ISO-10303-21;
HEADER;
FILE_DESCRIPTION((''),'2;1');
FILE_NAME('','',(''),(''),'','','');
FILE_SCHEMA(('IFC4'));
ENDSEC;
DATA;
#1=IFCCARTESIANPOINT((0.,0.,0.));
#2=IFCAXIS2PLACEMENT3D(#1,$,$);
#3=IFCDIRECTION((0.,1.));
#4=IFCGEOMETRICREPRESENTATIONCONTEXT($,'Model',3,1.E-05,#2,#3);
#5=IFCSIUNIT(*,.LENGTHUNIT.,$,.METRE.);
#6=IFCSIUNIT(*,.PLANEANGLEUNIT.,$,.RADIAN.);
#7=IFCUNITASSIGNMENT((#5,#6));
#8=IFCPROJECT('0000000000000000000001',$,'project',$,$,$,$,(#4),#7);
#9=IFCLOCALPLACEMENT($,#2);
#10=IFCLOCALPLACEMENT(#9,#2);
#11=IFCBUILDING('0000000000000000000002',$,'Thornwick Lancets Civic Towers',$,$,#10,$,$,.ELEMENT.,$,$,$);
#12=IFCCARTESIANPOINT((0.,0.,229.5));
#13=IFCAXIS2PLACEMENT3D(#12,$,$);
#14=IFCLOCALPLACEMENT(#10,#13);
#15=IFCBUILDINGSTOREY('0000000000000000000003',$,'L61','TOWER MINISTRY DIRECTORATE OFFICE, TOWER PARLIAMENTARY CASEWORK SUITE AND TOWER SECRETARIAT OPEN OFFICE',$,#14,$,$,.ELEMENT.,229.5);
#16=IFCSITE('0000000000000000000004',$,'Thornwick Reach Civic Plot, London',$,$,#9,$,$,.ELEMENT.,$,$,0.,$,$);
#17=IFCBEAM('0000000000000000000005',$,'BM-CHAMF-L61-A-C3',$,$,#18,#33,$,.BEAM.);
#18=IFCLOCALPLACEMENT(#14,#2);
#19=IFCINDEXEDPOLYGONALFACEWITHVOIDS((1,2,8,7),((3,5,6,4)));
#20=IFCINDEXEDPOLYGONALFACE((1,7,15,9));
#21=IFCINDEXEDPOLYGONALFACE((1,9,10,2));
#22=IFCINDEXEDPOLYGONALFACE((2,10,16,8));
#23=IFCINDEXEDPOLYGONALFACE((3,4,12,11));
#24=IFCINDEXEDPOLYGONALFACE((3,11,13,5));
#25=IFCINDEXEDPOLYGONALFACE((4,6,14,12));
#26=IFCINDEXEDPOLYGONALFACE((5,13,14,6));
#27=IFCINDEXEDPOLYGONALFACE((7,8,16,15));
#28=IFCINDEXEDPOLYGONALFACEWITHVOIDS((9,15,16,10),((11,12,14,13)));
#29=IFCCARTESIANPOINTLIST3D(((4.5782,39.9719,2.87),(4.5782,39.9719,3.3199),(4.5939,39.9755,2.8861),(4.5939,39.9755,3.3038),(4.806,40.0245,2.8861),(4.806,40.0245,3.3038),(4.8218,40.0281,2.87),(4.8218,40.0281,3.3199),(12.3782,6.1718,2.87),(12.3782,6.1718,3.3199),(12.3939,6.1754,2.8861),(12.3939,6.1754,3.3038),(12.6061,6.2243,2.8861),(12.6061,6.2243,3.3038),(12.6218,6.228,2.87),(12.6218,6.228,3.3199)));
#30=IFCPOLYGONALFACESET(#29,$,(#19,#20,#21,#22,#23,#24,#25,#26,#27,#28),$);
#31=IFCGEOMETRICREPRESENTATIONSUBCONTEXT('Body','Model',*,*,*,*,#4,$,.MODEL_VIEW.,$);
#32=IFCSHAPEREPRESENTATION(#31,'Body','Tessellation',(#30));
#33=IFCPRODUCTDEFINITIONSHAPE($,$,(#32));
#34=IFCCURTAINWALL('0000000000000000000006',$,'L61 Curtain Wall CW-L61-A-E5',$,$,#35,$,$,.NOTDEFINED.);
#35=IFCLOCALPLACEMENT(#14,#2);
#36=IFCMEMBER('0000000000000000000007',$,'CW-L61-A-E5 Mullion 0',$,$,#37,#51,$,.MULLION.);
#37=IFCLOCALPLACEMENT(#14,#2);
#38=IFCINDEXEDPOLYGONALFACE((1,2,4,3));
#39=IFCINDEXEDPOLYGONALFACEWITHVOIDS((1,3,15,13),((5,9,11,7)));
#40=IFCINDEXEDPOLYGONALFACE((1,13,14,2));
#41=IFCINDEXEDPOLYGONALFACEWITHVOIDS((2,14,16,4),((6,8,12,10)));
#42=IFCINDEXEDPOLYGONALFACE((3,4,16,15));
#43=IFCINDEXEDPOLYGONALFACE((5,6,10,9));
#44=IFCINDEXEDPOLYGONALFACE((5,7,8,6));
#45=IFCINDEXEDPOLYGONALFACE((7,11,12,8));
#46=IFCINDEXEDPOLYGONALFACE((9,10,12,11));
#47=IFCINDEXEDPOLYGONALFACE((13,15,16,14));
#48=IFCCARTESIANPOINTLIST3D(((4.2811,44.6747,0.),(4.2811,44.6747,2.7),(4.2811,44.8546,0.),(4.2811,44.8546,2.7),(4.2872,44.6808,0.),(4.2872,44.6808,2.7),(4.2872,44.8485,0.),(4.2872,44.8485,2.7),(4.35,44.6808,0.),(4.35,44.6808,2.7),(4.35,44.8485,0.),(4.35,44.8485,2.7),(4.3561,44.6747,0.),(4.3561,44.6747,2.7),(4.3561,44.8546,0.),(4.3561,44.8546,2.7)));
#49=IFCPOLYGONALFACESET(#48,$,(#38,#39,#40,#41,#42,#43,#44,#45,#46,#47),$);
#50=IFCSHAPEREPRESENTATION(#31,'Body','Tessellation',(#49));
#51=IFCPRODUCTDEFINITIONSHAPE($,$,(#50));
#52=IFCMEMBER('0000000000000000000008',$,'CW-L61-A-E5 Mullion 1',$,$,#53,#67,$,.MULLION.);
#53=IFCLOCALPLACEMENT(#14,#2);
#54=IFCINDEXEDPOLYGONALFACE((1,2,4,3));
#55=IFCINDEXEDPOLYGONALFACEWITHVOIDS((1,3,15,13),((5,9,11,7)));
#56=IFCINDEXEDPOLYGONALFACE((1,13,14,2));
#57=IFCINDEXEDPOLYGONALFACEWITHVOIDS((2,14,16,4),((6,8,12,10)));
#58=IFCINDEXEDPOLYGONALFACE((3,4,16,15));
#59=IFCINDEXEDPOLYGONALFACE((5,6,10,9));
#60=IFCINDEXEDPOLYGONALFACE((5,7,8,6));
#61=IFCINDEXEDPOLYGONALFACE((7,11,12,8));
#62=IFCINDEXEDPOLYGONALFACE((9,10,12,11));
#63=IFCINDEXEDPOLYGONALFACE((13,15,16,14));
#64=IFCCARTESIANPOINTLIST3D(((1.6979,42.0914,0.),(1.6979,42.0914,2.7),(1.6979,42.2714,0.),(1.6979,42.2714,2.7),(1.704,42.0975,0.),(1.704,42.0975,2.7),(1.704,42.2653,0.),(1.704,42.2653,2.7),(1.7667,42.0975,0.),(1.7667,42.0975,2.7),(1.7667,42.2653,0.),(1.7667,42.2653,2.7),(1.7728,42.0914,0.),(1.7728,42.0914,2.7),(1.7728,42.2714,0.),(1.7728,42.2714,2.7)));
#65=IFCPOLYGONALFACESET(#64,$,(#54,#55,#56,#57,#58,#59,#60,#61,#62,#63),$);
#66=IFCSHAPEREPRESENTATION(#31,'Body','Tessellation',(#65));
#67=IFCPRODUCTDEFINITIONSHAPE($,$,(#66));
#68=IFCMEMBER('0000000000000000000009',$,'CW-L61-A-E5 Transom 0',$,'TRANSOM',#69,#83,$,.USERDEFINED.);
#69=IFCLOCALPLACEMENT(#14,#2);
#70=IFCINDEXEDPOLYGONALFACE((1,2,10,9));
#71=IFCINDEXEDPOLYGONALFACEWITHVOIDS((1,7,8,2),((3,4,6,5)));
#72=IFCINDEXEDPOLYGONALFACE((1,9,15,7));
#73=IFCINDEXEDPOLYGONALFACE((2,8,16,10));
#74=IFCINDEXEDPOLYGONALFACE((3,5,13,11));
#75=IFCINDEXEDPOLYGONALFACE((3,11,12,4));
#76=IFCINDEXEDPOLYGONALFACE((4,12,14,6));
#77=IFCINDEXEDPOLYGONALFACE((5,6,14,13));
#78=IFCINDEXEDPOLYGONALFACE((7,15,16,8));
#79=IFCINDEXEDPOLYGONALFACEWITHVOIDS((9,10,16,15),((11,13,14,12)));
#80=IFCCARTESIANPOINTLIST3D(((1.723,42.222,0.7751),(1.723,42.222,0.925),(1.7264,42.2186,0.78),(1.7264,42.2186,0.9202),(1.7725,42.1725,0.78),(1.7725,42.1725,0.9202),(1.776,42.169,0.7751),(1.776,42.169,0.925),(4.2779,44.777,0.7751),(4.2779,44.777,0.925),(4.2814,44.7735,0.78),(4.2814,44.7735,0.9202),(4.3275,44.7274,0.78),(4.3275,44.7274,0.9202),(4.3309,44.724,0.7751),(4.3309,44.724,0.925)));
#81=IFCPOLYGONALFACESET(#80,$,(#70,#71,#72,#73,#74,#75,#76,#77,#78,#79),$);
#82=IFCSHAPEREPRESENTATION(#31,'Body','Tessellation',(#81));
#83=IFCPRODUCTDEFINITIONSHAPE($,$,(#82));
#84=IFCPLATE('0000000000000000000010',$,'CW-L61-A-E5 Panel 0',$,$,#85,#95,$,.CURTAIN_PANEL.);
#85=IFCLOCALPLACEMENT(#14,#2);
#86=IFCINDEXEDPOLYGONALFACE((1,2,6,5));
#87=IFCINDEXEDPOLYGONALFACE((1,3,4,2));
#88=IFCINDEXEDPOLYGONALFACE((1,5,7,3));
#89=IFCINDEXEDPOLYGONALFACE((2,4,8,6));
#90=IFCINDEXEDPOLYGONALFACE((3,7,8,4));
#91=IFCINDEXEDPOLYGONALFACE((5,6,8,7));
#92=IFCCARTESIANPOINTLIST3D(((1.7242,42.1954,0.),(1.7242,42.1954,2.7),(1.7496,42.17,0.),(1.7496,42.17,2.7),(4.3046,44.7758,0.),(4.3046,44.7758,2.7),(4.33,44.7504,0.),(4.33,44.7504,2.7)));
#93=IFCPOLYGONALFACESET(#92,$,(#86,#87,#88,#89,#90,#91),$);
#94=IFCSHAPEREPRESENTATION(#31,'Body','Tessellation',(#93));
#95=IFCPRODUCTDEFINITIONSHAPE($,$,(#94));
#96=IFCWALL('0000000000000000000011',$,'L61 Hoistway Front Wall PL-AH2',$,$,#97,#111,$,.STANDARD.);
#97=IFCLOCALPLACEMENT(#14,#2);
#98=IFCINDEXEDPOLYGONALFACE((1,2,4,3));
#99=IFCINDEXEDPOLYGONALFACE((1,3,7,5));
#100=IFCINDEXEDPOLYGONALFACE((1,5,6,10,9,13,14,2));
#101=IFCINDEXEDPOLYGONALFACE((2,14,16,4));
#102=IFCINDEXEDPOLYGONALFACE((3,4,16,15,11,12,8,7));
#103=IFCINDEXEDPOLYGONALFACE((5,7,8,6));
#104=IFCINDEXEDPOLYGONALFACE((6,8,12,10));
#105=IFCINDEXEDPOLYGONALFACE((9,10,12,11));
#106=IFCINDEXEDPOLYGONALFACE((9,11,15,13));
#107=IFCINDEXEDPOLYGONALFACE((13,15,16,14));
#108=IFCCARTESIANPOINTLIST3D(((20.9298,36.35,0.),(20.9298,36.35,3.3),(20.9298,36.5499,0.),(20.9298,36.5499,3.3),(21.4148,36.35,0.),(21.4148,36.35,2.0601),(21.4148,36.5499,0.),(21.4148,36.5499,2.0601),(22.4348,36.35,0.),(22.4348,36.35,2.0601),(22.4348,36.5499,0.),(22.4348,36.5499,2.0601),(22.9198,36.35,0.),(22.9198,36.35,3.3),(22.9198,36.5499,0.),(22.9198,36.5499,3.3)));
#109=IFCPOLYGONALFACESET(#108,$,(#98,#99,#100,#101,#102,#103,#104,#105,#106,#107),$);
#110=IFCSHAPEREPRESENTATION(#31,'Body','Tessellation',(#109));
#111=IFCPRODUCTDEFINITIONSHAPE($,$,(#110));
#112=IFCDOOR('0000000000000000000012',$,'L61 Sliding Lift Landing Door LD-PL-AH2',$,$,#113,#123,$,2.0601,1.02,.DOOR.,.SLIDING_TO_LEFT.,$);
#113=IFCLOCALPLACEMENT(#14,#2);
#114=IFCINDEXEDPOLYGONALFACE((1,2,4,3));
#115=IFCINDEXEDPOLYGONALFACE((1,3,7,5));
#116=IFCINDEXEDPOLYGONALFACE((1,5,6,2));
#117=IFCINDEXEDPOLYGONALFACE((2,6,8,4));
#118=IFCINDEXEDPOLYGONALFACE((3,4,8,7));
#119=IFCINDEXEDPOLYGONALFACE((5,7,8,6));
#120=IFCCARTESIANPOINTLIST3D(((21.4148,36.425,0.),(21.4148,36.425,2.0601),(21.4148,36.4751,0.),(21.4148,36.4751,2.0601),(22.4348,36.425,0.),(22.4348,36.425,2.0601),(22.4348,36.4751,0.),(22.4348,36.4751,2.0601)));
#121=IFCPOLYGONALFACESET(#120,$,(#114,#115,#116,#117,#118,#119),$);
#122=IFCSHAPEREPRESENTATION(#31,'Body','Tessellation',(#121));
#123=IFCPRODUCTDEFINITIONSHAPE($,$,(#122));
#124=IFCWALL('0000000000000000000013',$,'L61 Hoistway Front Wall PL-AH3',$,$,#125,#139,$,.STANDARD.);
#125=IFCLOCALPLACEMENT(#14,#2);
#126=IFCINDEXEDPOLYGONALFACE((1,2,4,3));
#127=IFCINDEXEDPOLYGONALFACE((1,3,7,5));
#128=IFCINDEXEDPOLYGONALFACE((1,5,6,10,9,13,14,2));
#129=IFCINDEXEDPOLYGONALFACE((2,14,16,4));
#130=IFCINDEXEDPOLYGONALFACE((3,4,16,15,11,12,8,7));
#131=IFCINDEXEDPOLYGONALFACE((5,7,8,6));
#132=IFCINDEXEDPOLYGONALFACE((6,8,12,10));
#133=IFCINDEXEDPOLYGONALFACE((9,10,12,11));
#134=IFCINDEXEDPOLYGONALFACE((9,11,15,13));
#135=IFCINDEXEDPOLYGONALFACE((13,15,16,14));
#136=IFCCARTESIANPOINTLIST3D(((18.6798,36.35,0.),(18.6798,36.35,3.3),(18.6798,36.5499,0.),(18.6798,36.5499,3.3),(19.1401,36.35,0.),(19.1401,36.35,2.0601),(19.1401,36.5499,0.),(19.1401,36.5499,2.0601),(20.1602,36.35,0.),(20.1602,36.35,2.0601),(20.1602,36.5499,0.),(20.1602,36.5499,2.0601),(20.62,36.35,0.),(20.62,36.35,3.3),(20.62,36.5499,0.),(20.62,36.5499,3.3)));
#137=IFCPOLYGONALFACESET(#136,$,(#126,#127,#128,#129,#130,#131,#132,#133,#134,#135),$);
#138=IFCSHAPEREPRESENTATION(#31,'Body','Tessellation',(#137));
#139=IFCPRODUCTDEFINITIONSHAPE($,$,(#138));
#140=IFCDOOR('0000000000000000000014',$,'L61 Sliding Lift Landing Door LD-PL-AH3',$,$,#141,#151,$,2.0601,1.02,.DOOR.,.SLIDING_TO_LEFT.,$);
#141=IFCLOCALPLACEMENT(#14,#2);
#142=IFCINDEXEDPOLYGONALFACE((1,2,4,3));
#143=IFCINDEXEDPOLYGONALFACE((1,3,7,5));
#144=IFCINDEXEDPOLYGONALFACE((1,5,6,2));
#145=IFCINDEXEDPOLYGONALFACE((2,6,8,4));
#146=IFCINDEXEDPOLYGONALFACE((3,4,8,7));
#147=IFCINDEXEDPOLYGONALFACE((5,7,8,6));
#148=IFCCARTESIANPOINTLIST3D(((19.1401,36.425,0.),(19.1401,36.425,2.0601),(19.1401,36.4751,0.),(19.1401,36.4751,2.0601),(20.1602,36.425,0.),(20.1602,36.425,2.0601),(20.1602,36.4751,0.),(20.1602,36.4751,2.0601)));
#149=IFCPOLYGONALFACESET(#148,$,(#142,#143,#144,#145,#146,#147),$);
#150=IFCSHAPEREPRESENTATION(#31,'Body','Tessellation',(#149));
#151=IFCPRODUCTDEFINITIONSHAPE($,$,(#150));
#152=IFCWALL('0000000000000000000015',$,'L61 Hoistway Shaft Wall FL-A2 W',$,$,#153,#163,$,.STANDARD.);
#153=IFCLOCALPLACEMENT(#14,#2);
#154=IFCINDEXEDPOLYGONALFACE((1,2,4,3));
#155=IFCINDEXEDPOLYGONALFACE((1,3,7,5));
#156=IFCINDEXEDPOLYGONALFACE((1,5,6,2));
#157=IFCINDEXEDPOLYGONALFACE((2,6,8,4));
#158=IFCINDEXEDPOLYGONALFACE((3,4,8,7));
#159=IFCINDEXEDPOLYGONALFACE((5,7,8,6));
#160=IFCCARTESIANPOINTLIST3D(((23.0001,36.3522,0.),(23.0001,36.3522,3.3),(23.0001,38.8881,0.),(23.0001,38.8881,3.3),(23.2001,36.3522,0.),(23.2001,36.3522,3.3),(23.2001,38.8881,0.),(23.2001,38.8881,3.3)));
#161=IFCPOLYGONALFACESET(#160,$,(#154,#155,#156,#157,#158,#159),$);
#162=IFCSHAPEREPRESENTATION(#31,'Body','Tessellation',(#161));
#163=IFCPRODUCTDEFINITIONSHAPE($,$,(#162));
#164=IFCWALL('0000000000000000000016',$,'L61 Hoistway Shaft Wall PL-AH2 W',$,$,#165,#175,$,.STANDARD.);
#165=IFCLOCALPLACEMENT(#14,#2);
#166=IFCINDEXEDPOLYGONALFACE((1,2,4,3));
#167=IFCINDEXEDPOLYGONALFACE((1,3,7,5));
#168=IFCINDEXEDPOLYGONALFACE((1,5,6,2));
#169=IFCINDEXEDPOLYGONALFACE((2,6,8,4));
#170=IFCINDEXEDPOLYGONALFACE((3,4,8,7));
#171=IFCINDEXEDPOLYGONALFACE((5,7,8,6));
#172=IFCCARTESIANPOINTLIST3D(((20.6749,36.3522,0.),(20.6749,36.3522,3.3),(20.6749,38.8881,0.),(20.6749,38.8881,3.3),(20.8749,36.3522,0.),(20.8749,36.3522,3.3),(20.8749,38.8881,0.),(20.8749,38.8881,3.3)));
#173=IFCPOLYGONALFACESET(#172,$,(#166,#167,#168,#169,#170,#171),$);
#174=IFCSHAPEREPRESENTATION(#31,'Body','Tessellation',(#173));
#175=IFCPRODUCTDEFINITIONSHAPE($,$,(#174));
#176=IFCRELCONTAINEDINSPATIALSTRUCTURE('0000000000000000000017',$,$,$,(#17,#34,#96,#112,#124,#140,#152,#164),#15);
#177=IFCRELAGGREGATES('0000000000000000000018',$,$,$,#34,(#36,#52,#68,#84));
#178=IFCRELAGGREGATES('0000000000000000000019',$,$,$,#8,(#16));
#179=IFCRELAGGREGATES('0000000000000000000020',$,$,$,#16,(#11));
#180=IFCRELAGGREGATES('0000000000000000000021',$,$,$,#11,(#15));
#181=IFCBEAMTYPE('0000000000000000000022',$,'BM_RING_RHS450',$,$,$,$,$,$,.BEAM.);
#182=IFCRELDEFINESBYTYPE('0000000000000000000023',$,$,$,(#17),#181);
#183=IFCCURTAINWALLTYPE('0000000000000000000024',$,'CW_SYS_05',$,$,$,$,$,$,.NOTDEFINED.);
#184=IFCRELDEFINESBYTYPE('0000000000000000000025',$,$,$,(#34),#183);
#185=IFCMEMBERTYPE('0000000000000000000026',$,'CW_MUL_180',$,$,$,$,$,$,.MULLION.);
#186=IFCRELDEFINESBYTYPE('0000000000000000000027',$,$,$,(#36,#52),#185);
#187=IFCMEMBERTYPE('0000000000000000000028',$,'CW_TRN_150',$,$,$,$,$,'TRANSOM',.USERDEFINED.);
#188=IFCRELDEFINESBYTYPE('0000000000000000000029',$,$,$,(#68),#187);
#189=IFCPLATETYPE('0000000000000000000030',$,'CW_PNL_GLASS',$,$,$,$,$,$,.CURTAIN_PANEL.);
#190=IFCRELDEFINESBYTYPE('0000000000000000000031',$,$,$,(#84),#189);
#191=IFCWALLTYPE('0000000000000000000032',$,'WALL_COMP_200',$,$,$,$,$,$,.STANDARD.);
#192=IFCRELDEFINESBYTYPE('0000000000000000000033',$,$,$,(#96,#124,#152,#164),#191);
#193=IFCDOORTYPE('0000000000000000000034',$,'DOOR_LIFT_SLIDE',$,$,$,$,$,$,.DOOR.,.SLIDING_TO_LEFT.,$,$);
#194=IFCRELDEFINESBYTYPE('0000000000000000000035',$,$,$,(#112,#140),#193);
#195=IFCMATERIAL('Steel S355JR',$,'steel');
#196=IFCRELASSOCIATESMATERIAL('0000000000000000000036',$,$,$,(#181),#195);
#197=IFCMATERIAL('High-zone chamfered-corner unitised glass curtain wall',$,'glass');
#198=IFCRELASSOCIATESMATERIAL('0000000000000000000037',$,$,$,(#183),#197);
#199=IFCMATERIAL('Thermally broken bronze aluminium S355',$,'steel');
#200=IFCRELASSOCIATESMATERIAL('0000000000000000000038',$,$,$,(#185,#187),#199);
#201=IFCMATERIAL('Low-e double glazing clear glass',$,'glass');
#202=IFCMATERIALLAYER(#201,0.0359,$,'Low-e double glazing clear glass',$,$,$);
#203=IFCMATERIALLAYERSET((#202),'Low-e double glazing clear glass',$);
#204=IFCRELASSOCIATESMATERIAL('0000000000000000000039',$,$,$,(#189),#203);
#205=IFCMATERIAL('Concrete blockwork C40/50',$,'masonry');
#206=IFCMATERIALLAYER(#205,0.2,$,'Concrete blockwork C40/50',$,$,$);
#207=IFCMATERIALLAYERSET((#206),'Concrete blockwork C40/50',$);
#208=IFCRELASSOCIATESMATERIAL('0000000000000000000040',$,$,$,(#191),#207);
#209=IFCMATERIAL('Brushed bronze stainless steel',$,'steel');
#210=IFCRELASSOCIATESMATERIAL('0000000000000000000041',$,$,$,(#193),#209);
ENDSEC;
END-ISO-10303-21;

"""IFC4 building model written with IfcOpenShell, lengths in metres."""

from ifc_helpers import new_model, si_unit, direction, frame, frame_2d, origin, origin_2d, place, context, subcontext, project, spatial, rectangle, hollow_rectangle, extrude, material, layer, layer_set, material_profile, profile_set, type_object, element, fill, aggregate, save


model = new_model("IFC4")

# Units and contexts
model_context = context("Model", 3, precision=1e-05, world=origin(), true_north=direction((0.0, 1.0)))
body_context = subcontext(model_context, "Body", "Model", "MODEL_VIEW")
ifc_project = project(units=[si_unit("LENGTHUNIT", "METRE"), si_unit("PLANEANGLEUNIT", "RADIAN")], contexts=[model_context])

# Site, building, storey
site_placement = place(None, origin())
site = spatial("IfcSite", under=ifc_project, at=site_placement, Name="Thornwick Reach Civic Plot, London", CompositionType="ELEMENT", RefElevation=0.0)
building_placement = place(site_placement, origin())
building = spatial("IfcBuilding", under=site, at=building_placement, Name="Thornwick Lancets Civic Towers", CompositionType="ELEMENT")
storey_placement = place(building_placement, frame((0.0, 0.0, 229.5)))
storey = spatial("IfcBuildingStorey", under=building, at=storey_placement, Name="L61", Description="TOWER MINISTRY DIRECTORATE OFFICE, TOWER PARLIAMENTARY CASEWORK SUITE AND TOWER SECRETARIAT OPEN OFFICE", CompositionType="ELEMENT", Elevation=229.5)

# Shared definitions
ifc_material_1 = material(Name="Steel S355JR", Category="steel")

# Beam
ifc_material_profile_1 = material_profile(ifc_material_1, hollow_rectangle(XDim=0.25, YDim=0.45, WallThickness=0.0161, at=origin_2d()), Name="RHS 450x250x16")
ifc_profile_set_1 = profile_set([ifc_material_profile_1], Name="Steel S355JR")
beam_type_1 = type_object("IfcBeamType", Name="BM_RING_RHS450", PredefinedType="BEAM", material=ifc_profile_set_1)
beam_1_placement = place(storey_placement, frame((4.7, 40.0, 3.095), z_axis=(0.224861, -0.974391, 0.0), x_axis=(0.974391, 0.224861, 0.0)))
element("IfcBeam", 1, at=beam_1_placement, inside=storey, type_object=beam_type_1, Name="BM-CHAMF-L61-A-C3", PredefinedType="BEAM", context=body_context, shape_type="SweptSolid", body=[
    extrude(hollow_rectangle(XDim=0.25, YDim=0.45, WallThickness=0.0161, at=origin_2d()), origin(), (0.0, 0.0, 1.0), 34.6885),
])

# Curtain wall, members, plate
ifc_material_2 = material(Name="High-zone chamfered-corner unitised glass curtain wall", Category="glass")
curtain_wall_type = type_object("IfcCurtainWallType", Name="CW_SYS_05", PredefinedType="NOTDEFINED", material=ifc_material_2)
curtain_wall_placement = place(storey_placement, origin())
curtain_wall = element("IfcCurtainWall", 2, at=curtain_wall_placement, inside=storey, type_object=curtain_wall_type, Name="L61 Curtain Wall CW-L61-A-E5", PredefinedType="NOTDEFINED")
ifc_material_3 = material(Name="Thermally broken bronze aluminium S355", Category="steel")
ifc_material_profile_2 = material_profile(ifc_material_3, hollow_rectangle(XDim=0.075, YDim=0.1799, WallThickness=0.0061, at=origin_2d()), Name="RHS 180x75x6")
ifc_profile_set_2 = profile_set([ifc_material_profile_2], Name="Thermally broken bronze aluminium S355")
member_type_1 = type_object("IfcMemberType", Name="CW_MUL_180", PredefinedType="MULLION", material=ifc_profile_set_2)
member_1_placement = place(storey_placement, frame((4.3186, 44.7646, 0.0), z_axis=(0.0, 0.0, 1.0), x_axis=(1.0, 0.0, 0.0)))
member_1 = element("IfcMember", 3, at=member_1_placement, type_object=member_type_1, Name="CW-L61-A-E5 Mullion 0", PredefinedType="MULLION", context=body_context, shape_type="SweptSolid", body=[
    extrude(hollow_rectangle(XDim=0.075, YDim=0.1799, WallThickness=0.0061, at=origin_2d()), origin(), (0.0, 0.0, 1.0), 2.7),
])
member_2_placement = place(storey_placement, frame((1.7354, 42.1814, 0.0), z_axis=(0.0, 0.0, 1.0), x_axis=(1.0, 0.0, 0.0)))
member_2 = element("IfcMember", 4, at=member_2_placement, type_object=member_type_1, Name="CW-L61-A-E5 Mullion 1", PredefinedType="MULLION", context=body_context, shape_type="SweptSolid", body=[
    extrude(hollow_rectangle(XDim=0.075, YDim=0.1799, WallThickness=0.0061, at=origin_2d()), origin(), (0.0, 0.0, 1.0), 2.7),
])
ifc_material_profile_3 = material_profile(ifc_material_3, hollow_rectangle(XDim=0.075, YDim=0.1499, WallThickness=0.0049, at=origin_2d()), Name="RHS 150x75x5")
ifc_profile_set_3 = profile_set([ifc_material_profile_3], Name="Thermally broken bronze aluminium S355")
member_type_2 = type_object("IfcMemberType", Name="CW_TRN_150", ElementType="TRANSOM", PredefinedType="USERDEFINED", material=ifc_profile_set_3)
member_3_placement = place(storey_placement, frame((4.3044, 44.7505, 0.8501), z_axis=(-0.707107, -0.707107, 0.0), x_axis=(0.707107, -0.707107, 0.0)))
member_3 = element("IfcMember", 5, at=member_3_placement, type_object=member_type_2, Name="CW-L61-A-E5 Transom 0", ObjectType="TRANSOM", PredefinedType="USERDEFINED", context=body_context, shape_type="SweptSolid", body=[
    extrude(hollow_rectangle(XDim=0.075, YDim=0.1499, WallThickness=0.0049, at=origin_2d()), origin(), (0.0, 0.0, 1.0), 3.6133),
])
ifc_material_4 = material(Name="Low-e double glazing clear glass", Category="glass")
ifc_layer_1 = layer(ifc_material_4, 0.0359, Name="Low-e double glazing clear glass")
ifc_layer_set_1 = layer_set([ifc_layer_1], Name="Low-e double glazing clear glass")
plate_type = type_object("IfcPlateType", Name="CW_PNL_GLASS", PredefinedType="CURTAIN_PANEL", material=ifc_layer_set_1)
plate_placement = place(storey_placement, frame((3.0271, 43.4729, 0.0), z_axis=(0.0, 0.0, 1.0), x_axis=(-0.707107, -0.707107, 0.0)))
plate = element("IfcPlate", 6, at=plate_placement, type_object=plate_type, Name="CW-L61-A-E5 Panel 0", PredefinedType="CURTAIN_PANEL", context=body_context, shape_type="SweptSolid", body=[
    extrude(rectangle(XDim=3.6492, YDim=0.0359, at=origin_2d()), origin(), (0.0, 0.0, 1.0), 2.7),
])
aggregate(curtain_wall, [member_1, member_2, member_3, plate])

# Walls, openings, doors
ifc_material_5 = material(Name="Concrete blockwork C40/50", Category="masonry")
ifc_layer_2 = layer(ifc_material_5, 0.2, Name="Concrete blockwork C40/50")
ifc_layer_set_2 = layer_set([ifc_layer_2], Name="Concrete blockwork C40/50")
wall_type_1 = type_object("IfcWallType", Name="WALL_COMP_200", PredefinedType="STANDARD", material=ifc_layer_set_2)
wall_1_placement = place(storey_placement, frame((22.9199, 36.45, 0.0), z_axis=(0.0, 0.0, 1.0), x_axis=(-1.0, 0.0, 0.0)))
wall_1 = element("IfcWall", 7, at=wall_1_placement, inside=storey, type_object=wall_type_1, Name="L61 Hoistway Front Wall PL-AH2", PredefinedType="STANDARD", context=body_context, shape_type="SweptSolid", body=[
    extrude(rectangle(XDim=1.99, YDim=0.2, at=frame_2d((0.9951, 0.0))), origin(), (0.0, 0.0, 1.0), 3.3),
])
opening_1_placement = place(wall_1_placement, frame((0.4851, 0.0, 0.0)))
opening_1 = element("IfcOpeningElement", 8, at=opening_1_placement, cuts=wall_1, PredefinedType="OPENING", context=body_context, shape_type="SweptSolid", body=[
    extrude(rectangle(XDim=1.02, YDim=2.0601, at=frame_2d((0.51, 1.03))), frame((0.0, 0.1099, 0.0), z_axis=(0.0, -1.0, 0.0), x_axis=(1.0, 0.0, 0.0)), (0.0, 0.0, 1.0), 0.22),
])
ifc_material_6 = material(Name="Brushed bronze stainless steel", Category="steel")
door_type = type_object("IfcDoorType", Name="DOOR_LIFT_SLIDE", OperationType="SLIDING_TO_LEFT", PredefinedType="DOOR", material=ifc_material_6)
door_1_placement = place(opening_1_placement, origin())
door_1 = element("IfcDoor", 9, at=door_1_placement, inside=storey, type_object=door_type, Name="L61 Sliding Lift Landing Door LD-PL-AH2", OperationType="SLIDING_TO_LEFT", OverallHeight=2.0601, OverallWidth=1.02, PredefinedType="DOOR", context=body_context, shape_type="SweptSolid", body=[
    extrude(rectangle(XDim=1.02, YDim=2.0601, at=frame_2d((0.51, 1.03))), frame((0.0, 0.0249, 0.0), z_axis=(0.0, -1.0, 0.0), x_axis=(1.0, 0.0, 0.0)), (0.0, 0.0, 1.0), 0.05),
])
fill(opening_1, door_1)
wall_2_placement = place(storey_placement, frame((20.6201, 36.45, 0.0), z_axis=(0.0, 0.0, 1.0), x_axis=(-1.0, 0.0, 0.0)))
wall_2 = element("IfcWall", 10, at=wall_2_placement, inside=storey, type_object=wall_type_1, Name="L61 Hoistway Front Wall PL-AH3", PredefinedType="STANDARD", context=body_context, shape_type="SweptSolid", body=[
    extrude(rectangle(XDim=1.9402, YDim=0.2, at=frame_2d((0.9702, 0.0))), origin(), (0.0, 0.0, 1.0), 3.3),
])
opening_2_placement = place(wall_2_placement, frame((0.46, 0.0, 0.0)))
opening_2 = element("IfcOpeningElement", 11, at=opening_2_placement, cuts=wall_2, PredefinedType="OPENING", context=body_context, shape_type="SweptSolid", body=[
    extrude(rectangle(XDim=1.02, YDim=2.0601, at=frame_2d((0.51, 1.03))), frame((0.0, 0.1099, 0.0), z_axis=(0.0, -1.0, 0.0), x_axis=(1.0, 0.0, 0.0)), (0.0, 0.0, 1.0), 0.22),
])
door_2_placement = place(opening_2_placement, origin())
door_2 = element("IfcDoor", 12, at=door_2_placement, inside=storey, type_object=door_type, Name="L61 Sliding Lift Landing Door LD-PL-AH3", OperationType="SLIDING_TO_LEFT", OverallHeight=2.0601, OverallWidth=1.02, PredefinedType="DOOR", context=body_context, shape_type="SweptSolid", body=[
    extrude(rectangle(XDim=1.02, YDim=2.0601, at=frame_2d((0.51, 1.03))), frame((0.0, 0.0249, 0.0), z_axis=(0.0, -1.0, 0.0), x_axis=(1.0, 0.0, 0.0)), (0.0, 0.0, 1.0), 0.05),
])
fill(opening_2, door_2)

# Walls
for number, where, z_axis, x_axis, name in (
    (13, (23.1001, 36.3521, 0.0), (0.0, 0.0, 1.0), (0.0, 1.0, 0.0), "L61 Hoistway Shaft Wall FL-A2 W"),
    (14, (20.7749, 36.3521, 0.0), (0.0, 0.0, 1.0), (0.0, 1.0, 0.0), "L61 Hoistway Shaft Wall PL-AH2 W"),
):
    element("IfcWall", number, at=place(storey_placement, frame(where, z_axis=z_axis, x_axis=x_axis)), inside=storey, type_object=wall_type_1, Name=name, PredefinedType="STANDARD", context=body_context, shape_type="SweptSolid", body=[
        extrude(rectangle(XDim=2.5359, YDim=0.2, at=frame_2d((1.2681, 0.0))), origin(), (0.0, 0.0, 1.0), 3.3),
    ])

save(model, "model.ifc")
